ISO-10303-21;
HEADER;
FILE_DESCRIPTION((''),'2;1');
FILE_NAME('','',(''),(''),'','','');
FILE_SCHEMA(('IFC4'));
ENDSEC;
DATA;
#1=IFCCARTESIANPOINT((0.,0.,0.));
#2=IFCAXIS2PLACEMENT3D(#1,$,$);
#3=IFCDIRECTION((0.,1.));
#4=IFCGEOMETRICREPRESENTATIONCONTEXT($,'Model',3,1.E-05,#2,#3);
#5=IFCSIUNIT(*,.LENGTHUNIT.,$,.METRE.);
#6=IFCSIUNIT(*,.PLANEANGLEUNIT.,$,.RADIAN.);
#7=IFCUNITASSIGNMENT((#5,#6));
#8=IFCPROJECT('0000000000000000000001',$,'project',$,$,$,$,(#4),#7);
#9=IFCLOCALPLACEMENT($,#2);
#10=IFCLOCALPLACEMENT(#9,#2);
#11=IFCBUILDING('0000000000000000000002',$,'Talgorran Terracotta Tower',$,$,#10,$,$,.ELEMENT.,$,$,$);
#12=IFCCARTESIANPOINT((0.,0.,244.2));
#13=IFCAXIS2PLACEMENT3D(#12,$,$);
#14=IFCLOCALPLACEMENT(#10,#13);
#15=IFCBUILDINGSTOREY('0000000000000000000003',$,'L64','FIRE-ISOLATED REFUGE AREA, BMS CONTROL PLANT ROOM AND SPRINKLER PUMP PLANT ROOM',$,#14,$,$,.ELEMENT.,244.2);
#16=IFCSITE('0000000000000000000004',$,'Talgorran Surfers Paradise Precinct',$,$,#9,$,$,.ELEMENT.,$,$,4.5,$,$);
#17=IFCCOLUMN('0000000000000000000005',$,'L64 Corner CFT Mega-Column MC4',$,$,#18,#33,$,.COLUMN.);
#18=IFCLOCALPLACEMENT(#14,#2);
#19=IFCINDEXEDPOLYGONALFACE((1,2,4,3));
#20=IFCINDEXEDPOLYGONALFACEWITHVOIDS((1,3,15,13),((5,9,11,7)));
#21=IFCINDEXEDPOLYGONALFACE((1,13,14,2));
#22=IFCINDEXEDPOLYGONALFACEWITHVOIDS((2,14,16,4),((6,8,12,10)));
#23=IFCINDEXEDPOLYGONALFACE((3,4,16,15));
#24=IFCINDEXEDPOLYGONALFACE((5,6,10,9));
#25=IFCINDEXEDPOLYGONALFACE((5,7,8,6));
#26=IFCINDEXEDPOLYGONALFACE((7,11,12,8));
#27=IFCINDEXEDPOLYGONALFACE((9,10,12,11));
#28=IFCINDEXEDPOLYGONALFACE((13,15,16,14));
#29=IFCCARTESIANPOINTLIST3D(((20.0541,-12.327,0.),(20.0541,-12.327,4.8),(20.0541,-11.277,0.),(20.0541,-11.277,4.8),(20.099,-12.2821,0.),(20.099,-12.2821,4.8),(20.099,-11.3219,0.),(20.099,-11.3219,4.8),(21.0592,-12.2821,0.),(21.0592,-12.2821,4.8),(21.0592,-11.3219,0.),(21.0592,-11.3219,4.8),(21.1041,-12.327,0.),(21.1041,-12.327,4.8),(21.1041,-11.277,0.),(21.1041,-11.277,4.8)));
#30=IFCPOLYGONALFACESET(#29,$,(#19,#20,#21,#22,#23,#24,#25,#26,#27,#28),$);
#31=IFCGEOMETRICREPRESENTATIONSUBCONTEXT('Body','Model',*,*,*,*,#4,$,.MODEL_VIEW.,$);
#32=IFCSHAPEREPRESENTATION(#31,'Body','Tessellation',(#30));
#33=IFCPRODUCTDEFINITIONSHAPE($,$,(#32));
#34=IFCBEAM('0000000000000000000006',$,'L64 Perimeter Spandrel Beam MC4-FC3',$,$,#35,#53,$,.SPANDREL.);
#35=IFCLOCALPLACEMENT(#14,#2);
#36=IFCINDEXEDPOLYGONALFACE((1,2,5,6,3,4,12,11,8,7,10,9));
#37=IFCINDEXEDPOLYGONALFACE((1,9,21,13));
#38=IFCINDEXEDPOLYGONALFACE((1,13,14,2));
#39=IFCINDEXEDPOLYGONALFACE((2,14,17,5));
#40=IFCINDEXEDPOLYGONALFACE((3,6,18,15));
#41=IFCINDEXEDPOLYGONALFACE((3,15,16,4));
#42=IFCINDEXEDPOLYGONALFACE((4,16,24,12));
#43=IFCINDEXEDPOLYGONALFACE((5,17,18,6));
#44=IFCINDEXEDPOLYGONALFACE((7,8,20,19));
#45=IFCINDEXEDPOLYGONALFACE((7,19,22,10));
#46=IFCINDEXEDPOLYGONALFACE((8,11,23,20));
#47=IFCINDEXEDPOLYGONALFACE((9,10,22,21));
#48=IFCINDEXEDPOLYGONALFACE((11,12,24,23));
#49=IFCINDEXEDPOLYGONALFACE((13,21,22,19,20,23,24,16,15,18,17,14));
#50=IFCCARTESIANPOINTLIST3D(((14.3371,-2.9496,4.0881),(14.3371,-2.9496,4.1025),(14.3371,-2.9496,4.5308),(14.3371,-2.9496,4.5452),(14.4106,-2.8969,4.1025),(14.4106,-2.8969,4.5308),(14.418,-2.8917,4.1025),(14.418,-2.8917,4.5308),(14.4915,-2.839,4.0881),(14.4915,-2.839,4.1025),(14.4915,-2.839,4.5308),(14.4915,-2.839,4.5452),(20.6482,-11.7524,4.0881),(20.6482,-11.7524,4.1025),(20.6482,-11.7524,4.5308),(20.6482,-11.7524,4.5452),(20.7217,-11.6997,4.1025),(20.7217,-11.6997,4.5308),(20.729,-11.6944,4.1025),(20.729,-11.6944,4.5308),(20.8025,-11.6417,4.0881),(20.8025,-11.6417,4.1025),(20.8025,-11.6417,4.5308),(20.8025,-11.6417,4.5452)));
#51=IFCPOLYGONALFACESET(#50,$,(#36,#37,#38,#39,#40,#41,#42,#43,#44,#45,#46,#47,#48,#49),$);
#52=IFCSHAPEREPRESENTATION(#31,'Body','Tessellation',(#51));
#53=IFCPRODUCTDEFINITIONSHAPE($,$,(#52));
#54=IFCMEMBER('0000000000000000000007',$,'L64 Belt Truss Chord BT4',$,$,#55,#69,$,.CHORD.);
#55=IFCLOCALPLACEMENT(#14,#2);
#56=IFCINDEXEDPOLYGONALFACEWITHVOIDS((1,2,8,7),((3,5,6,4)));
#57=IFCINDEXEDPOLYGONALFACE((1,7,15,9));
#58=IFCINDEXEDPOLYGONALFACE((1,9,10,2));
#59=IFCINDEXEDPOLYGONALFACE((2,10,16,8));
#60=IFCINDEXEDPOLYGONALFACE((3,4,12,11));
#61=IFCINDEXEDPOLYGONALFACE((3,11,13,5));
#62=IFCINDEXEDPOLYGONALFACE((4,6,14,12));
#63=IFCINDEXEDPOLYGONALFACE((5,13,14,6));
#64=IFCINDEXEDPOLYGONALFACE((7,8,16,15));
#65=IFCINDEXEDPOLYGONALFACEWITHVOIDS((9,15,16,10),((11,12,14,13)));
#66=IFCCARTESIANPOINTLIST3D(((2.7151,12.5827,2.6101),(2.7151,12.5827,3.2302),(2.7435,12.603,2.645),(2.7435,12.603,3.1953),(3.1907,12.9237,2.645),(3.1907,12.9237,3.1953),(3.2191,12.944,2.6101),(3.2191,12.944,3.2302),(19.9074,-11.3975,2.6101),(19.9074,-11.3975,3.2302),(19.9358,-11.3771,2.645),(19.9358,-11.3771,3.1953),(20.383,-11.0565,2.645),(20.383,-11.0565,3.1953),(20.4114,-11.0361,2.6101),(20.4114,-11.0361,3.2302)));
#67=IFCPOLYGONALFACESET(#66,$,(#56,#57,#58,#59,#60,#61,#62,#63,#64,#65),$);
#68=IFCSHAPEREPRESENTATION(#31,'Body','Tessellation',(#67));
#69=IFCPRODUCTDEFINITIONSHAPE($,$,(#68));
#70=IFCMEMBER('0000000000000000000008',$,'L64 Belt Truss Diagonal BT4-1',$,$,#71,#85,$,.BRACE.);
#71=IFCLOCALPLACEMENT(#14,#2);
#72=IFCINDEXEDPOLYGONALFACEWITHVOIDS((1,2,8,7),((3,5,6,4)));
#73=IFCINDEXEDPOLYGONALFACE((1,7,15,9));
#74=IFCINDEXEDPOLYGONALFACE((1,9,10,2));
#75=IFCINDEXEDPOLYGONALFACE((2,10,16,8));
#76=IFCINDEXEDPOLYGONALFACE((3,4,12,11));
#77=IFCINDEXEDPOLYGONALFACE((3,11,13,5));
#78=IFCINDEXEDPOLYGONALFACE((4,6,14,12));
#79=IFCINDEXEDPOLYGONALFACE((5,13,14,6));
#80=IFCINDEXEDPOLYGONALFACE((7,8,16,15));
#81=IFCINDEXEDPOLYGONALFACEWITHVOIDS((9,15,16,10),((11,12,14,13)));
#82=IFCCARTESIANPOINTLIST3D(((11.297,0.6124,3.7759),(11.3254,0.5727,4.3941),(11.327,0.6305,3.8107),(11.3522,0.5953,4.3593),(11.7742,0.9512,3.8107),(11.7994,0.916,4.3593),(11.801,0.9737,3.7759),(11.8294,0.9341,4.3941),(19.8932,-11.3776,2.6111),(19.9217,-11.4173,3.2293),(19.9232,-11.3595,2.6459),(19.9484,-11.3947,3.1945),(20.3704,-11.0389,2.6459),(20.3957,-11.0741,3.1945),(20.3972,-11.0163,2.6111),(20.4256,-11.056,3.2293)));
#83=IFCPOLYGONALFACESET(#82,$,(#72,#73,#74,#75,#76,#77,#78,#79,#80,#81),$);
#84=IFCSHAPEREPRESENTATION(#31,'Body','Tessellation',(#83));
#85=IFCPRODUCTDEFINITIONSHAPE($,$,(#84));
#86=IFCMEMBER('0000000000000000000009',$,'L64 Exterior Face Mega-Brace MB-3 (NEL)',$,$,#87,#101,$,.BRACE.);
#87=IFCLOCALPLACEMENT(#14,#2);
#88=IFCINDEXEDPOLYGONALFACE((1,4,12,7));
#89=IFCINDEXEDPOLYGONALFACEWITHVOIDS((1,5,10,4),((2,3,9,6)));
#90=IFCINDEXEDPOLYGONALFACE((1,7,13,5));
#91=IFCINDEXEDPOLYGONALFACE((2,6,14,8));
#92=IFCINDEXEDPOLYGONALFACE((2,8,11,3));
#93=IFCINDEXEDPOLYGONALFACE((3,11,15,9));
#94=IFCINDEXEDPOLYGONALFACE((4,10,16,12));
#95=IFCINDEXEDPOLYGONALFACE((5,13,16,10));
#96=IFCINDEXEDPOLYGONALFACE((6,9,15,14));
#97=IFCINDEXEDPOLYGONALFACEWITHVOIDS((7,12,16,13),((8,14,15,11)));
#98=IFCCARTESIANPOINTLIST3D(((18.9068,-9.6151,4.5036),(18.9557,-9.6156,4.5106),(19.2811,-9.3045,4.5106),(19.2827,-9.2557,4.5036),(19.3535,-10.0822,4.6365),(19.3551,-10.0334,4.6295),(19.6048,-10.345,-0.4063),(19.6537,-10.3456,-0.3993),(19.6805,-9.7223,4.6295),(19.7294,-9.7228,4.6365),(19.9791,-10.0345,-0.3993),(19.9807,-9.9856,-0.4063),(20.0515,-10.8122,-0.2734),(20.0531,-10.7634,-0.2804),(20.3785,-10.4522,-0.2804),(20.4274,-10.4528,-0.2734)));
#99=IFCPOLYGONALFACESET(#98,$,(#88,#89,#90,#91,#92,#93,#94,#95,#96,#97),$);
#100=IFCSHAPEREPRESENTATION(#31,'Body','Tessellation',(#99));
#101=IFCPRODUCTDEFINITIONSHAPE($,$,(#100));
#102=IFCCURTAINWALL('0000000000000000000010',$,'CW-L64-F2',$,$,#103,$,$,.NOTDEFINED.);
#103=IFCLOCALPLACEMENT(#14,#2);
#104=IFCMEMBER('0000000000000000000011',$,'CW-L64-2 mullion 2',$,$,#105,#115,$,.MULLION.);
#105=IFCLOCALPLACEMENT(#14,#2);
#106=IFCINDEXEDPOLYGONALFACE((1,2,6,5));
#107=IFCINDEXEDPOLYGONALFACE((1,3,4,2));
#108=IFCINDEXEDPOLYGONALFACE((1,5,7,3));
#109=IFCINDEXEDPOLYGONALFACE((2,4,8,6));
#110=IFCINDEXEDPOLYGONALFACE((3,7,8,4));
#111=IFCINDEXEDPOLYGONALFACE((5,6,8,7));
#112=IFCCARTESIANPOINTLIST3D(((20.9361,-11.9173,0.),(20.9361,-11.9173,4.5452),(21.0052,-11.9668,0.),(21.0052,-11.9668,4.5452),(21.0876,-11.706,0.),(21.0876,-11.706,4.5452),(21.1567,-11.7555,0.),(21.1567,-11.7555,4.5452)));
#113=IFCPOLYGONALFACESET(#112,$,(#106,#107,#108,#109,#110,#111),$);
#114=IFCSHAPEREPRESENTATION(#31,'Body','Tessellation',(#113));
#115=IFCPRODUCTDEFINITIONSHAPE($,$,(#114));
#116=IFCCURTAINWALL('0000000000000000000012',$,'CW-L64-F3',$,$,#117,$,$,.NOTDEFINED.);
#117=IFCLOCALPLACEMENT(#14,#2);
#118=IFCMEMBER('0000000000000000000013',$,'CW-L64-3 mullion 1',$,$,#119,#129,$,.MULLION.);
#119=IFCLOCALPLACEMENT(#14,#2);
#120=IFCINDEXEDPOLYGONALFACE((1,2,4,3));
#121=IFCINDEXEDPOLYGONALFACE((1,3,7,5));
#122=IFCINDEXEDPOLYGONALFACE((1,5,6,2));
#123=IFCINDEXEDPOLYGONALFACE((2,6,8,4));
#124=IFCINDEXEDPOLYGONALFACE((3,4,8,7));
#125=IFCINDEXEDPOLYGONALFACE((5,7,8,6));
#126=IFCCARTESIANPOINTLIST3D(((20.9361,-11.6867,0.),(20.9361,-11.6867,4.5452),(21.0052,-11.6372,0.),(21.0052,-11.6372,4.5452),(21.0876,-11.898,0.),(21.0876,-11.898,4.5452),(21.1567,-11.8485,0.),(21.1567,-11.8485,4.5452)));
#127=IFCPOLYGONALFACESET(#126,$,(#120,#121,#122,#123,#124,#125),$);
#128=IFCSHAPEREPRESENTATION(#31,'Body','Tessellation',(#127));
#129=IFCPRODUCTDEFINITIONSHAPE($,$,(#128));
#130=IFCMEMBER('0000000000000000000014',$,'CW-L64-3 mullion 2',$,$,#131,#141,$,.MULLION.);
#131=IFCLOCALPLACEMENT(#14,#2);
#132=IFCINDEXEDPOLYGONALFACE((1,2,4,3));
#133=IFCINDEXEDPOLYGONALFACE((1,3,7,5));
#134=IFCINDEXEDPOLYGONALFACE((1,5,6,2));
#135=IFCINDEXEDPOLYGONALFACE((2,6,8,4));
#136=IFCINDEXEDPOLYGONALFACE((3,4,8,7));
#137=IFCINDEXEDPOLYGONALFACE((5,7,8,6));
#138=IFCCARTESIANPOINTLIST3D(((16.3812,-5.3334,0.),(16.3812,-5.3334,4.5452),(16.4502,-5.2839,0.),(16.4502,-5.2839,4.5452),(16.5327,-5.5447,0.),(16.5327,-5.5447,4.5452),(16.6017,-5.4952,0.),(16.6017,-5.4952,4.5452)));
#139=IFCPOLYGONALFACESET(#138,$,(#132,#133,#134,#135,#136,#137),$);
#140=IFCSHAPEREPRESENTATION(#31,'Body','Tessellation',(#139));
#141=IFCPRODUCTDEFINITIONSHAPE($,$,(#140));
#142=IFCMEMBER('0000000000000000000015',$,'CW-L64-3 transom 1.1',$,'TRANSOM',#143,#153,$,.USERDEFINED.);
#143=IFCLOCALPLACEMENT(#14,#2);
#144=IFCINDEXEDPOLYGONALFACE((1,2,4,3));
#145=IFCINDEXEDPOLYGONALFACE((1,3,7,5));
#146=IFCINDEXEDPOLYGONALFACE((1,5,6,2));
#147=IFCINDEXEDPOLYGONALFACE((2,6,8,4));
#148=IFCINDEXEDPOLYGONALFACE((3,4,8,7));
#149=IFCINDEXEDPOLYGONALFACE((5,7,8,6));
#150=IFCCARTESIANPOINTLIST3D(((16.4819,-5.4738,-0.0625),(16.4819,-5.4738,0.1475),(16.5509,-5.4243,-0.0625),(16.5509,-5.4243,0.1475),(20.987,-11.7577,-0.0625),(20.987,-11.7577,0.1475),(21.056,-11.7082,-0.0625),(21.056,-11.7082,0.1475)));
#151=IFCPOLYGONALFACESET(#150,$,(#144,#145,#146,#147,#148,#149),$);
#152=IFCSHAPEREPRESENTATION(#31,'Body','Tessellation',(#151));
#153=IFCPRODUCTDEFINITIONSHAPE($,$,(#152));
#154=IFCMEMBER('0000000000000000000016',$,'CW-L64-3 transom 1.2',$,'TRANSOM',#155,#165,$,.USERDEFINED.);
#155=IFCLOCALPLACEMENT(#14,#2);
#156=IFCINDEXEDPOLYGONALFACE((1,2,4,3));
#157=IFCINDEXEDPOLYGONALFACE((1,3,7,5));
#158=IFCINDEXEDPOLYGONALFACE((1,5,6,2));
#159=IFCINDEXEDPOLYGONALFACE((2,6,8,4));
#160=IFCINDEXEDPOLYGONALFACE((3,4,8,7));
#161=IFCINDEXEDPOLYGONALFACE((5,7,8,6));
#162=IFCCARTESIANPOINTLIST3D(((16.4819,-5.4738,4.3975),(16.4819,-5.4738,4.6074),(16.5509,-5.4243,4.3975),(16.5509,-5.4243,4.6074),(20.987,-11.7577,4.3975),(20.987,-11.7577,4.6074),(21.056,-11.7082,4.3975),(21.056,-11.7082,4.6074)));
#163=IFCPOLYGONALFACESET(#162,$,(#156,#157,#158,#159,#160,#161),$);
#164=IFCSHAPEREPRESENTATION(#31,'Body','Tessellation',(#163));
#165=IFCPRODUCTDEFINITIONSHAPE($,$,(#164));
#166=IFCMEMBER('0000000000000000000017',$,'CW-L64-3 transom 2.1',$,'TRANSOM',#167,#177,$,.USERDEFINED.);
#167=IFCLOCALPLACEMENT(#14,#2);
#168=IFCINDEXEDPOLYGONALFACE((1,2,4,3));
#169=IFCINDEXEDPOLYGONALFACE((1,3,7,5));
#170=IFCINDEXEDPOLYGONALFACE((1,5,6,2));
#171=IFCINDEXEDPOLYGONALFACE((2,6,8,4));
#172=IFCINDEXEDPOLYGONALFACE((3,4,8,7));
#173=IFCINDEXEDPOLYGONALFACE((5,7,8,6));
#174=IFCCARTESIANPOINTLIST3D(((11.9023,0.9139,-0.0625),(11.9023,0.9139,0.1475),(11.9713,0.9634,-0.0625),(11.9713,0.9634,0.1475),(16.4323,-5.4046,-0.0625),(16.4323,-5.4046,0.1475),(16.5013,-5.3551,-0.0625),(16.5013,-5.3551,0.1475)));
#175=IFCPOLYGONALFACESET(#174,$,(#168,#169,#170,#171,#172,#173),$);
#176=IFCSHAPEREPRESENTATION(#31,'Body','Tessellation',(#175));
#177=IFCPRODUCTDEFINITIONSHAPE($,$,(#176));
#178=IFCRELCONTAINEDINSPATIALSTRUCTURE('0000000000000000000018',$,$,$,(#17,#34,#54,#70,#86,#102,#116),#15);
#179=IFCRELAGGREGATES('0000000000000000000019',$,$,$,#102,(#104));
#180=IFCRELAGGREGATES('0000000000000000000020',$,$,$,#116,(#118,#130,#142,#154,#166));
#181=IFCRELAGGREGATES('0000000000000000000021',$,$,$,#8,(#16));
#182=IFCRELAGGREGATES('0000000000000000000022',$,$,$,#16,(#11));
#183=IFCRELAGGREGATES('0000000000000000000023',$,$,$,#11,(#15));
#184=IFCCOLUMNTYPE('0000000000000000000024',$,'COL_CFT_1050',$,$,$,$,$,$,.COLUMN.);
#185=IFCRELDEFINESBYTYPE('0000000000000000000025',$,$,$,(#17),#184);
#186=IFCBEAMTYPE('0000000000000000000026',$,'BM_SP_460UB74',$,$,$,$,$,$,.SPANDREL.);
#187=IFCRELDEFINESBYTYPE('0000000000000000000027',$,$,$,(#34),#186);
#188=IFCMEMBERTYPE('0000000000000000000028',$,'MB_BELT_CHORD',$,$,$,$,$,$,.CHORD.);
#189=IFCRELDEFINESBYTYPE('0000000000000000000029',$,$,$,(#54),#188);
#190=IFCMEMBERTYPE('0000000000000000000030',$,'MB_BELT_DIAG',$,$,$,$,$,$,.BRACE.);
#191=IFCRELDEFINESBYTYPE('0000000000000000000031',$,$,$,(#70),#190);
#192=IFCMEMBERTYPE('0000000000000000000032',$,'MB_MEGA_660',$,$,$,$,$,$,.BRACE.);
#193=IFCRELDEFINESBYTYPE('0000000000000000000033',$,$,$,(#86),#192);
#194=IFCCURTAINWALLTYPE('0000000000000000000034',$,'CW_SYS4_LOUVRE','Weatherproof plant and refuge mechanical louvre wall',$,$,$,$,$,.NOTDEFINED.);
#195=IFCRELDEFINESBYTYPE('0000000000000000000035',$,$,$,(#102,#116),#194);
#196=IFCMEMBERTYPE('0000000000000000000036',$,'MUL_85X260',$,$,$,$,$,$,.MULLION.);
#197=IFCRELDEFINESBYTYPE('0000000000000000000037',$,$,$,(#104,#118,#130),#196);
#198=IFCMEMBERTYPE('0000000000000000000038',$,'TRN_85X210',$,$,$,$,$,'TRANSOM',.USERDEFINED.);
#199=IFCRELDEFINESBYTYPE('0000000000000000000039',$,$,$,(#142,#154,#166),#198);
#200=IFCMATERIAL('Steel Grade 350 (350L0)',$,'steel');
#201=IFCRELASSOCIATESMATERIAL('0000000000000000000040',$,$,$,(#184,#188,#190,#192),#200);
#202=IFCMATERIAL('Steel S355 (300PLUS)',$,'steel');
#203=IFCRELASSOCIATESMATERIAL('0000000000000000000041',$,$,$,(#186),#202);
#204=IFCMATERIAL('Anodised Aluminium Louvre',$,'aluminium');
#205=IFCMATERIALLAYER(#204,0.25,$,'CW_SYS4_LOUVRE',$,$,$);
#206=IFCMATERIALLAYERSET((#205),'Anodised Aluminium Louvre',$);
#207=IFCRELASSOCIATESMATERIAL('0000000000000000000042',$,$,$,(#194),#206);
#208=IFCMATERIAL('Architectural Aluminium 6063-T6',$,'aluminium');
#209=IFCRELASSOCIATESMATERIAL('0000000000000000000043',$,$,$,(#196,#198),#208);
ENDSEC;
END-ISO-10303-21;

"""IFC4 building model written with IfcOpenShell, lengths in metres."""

from ifc_helpers import new_model, si_unit, direction, frame, origin, origin_2d, place, context, subcontext, project, spatial, rectangle, hollow_rectangle, i_section, extrude, material, layer, layer_set, material_profile, profile_set, type_object, element, aggregate, save


model = new_model("IFC4")

# Units and contexts
model_context = context("Model", 3, precision=1e-05, world=origin(), true_north=direction((0.0, 1.0)))
body_context = subcontext(model_context, "Body", "Model", "MODEL_VIEW")
ifc_project = project(units=[si_unit("LENGTHUNIT", "METRE"), si_unit("PLANEANGLEUNIT", "RADIAN")], contexts=[model_context])

# Site, building, storey
site_placement = place(None, origin())
site = spatial("IfcSite", under=ifc_project, at=site_placement, Name="Talgorran Surfers Paradise Precinct", CompositionType="ELEMENT", RefElevation=4.5)
building_placement = place(site_placement, origin())
building = spatial("IfcBuilding", under=site, at=building_placement, Name="Talgorran Terracotta Tower", CompositionType="ELEMENT")
storey_placement = place(building_placement, frame((0.0, 0.0, 244.2)))
storey = spatial("IfcBuildingStorey", under=building, at=storey_placement, Name="L64", Description="FIRE-ISOLATED REFUGE AREA, BMS CONTROL PLANT ROOM AND SPRINKLER PUMP PLANT ROOM", CompositionType="ELEMENT", Elevation=244.2)

# Column
ifc_material_1 = material(Name="Steel Grade 350 (350L0)", Category="steel")
ifc_material_profile_1 = material_profile(ifc_material_1, hollow_rectangle(XDim=1.05, YDim=1.05, WallThickness=0.0449, at=origin_2d()), Name="CFT1050X1050X45")
ifc_profile_set_1 = profile_set([ifc_material_profile_1], Name="Steel Grade 350 (350L0)")
column_type = type_object("IfcColumnType", Name="COL_CFT_1050", PredefinedType="COLUMN", material=ifc_profile_set_1)
column_placement = place(storey_placement, frame((20.5791, -11.802, 0.0), z_axis=(0.0, 0.0, 1.0), x_axis=(1.0, 0.0, 0.0)))
element("IfcColumn", 1, at=column_placement, inside=storey, type_object=column_type, Name="L64 Corner CFT Mega-Column MC4", PredefinedType="COLUMN", context=body_context, shape_type="SweptSolid", body=[
    extrude(hollow_rectangle(XDim=1.05, YDim=1.05, WallThickness=0.0449, at=origin_2d()), origin(), (0.0, 0.0, 1.0), 4.8),
])

# Beam
ifc_material_2 = material(Name="Steel S355 (300PLUS)", Category="steel")
ifc_material_profile_2 = material_profile(ifc_material_2, i_section(OverallWidth=0.1899, OverallDepth=0.457, WebThickness=0.009, FlangeThickness=0.0144, at=origin_2d()), Name="460UB74.6")
ifc_profile_set_2 = profile_set([ifc_material_profile_2], Name="Steel S355 (300PLUS)")
beam_type = type_object("IfcBeamType", Name="BM_SP_460UB74", PredefinedType="SPANDREL", material=ifc_profile_set_2)
beam_placement = place(storey_placement, frame((20.7253, -11.697, 4.3167), z_axis=(-0.582666, 0.812712, 0.0), x_axis=(-0.812712, -0.582666, 0.0)))
element("IfcBeam", 2, at=beam_placement, inside=storey, type_object=beam_type, Name="L64 Perimeter Spandrel Beam MC4-FC3", PredefinedType="SPANDREL", context=body_context, shape_type="SweptSolid", body=[
    extrude(i_section(OverallWidth=0.1899, OverallDepth=0.457, WebThickness=0.009, FlangeThickness=0.0144, at=origin_2d()), origin(), (0.0, 0.0, 1.0), 10.8313),
])

# Members
ifc_material_profile_3 = material_profile(ifc_material_1, hollow_rectangle(XDim=0.6201, YDim=0.6201, WallThickness=0.0349, at=origin_2d()), Name="WBOX620X620X35")
ifc_profile_set_3 = profile_set([ifc_material_profile_3], Name="Steel Grade 350 (350L0)")
member_type_1 = type_object("IfcMemberType", Name="MB_BELT_CHORD", PredefinedType="CHORD", material=ifc_profile_set_3)
member_1_placement = place(storey_placement, frame((20.1594, -11.2168, 2.9202), z_axis=(-0.582666, 0.812712, 0.0), x_axis=(-0.812712, -0.582666, 0.0)))
element("IfcMember", 3, at=member_1_placement, inside=storey, type_object=member_type_1, Name="L64 Belt Truss Chord BT4", PredefinedType="CHORD", context=body_context, shape_type="SweptSolid", body=[
    extrude(hollow_rectangle(XDim=0.6201, YDim=0.6201, WallThickness=0.0349, at=origin_2d()), origin(), (0.0, 0.0, 1.0), 29.5063),
])
ifc_material_profile_4 = material_profile(ifc_material_1, hollow_rectangle(XDim=0.6201, YDim=0.6201, WallThickness=0.0349, at=origin_2d()), Name="WBOX620X620X35")
ifc_profile_set_4 = profile_set([ifc_material_profile_4], Name="Steel Grade 350 (350L0)")
member_type_2 = type_object("IfcMemberType", Name="MB_BELT_DIAG", PredefinedType="BRACE", material=ifc_profile_set_4)
member_2_placement = place(storey_placement, frame((20.1594, -11.2168, 2.9202), z_axis=(-0.580862, 0.810188, 0.078708), x_axis=(-0.812709, -0.58267, 0.0)))
element("IfcMember", 4, at=member_2_placement, inside=storey, type_object=member_type_2, Name="L64 Belt Truss Diagonal BT4-1", PredefinedType="BRACE", context=body_context, shape_type="SweptSolid", body=[
    extrude(hollow_rectangle(XDim=0.6201, YDim=0.6201, WallThickness=0.0349, at=origin_2d()), origin(), (0.0, 0.0, 1.0), 14.7991),
])
ifc_material_profile_5 = material_profile(ifc_material_1, hollow_rectangle(XDim=0.52, YDim=0.6599, WallThickness=0.0349, at=origin_2d()), Name="WBOX660X520X35")
ifc_profile_set_5 = profile_set([ifc_material_profile_5], Name="Steel Grade 350 (350L0)")
member_type_3 = type_object("IfcMemberType", Name="MB_MEGA_660", PredefinedType="BRACE", material=ifc_profile_set_5)
member_3_placement = place(storey_placement, frame((20.0161, -10.3989, -0.3398), z_axis=(-0.139246, 0.145626, 0.979492), x_axis=(-0.722763, -0.691096, 0.0)))
element("IfcMember", 5, at=member_3_placement, inside=storey, type_object=member_type_3, Name="L64 Exterior Face Mega-Brace MB-3 (NEL)", PredefinedType="BRACE", context=body_context, shape_type="SweptSolid", body=[
    extrude(hollow_rectangle(XDim=0.52, YDim=0.6599, WallThickness=0.0349, at=origin_2d()), origin(), (0.0, 0.0, 1.0), 5.0127),
])

# Curtain wall, member
ifc_material_3 = material(Name="Anodised Aluminium Louvre", Category="aluminium")
ifc_layer_1 = layer(ifc_material_3, 0.25, Name="CW_SYS4_LOUVRE")
ifc_layer_set_1 = layer_set([ifc_layer_1], Name="Anodised Aluminium Louvre")
curtain_wall_type = type_object("IfcCurtainWallType", Name="CW_SYS4_LOUVRE", Description="Weatherproof plant and refuge mechanical louvre wall", PredefinedType="NOTDEFINED", material=ifc_layer_set_1)
curtain_wall_1_placement = place(storey_placement, origin())
curtain_wall_1 = element("IfcCurtainWall", 6, at=curtain_wall_1_placement, inside=storey, type_object=curtain_wall_type, Name="CW-L64-F2", PredefinedType="NOTDEFINED")
ifc_material_4 = material(Name="Architectural Aluminium 6063-T6", Category="aluminium")
ifc_material_profile_6 = material_profile(ifc_material_4, rectangle(XDim=0.085, YDim=0.26, at=origin_2d()), Name="CWM85X260")
ifc_profile_set_6 = profile_set([ifc_material_profile_6], Name="Architectural Aluminium 6063-T6")
member_type_4 = type_object("IfcMemberType", Name="MUL_85X260", PredefinedType="MULLION", material=ifc_profile_set_6)
member_4_placement = place(storey_placement, frame((21.0464, -11.8364, 0.0), z_axis=(0.0, 0.0, 1.0), x_axis=(-0.812715, 0.582661, 0.0)))
member_4 = element("IfcMember", 7, at=member_4_placement, type_object=member_type_4, Name="CW-L64-2 mullion 2", PredefinedType="MULLION", context=body_context, shape_type="SweptSolid", body=[
    extrude(rectangle(XDim=0.085, YDim=0.26, at=origin_2d()), origin(), (0.0, 0.0, 1.0), 4.5452),
])
aggregate(curtain_wall_1, [member_4])

# Curtain wall, members
curtain_wall_2_placement = place(storey_placement, origin())
curtain_wall_2 = element("IfcCurtainWall", 8, at=curtain_wall_2_placement, inside=storey, type_object=curtain_wall_type, Name="CW-L64-F3", PredefinedType="NOTDEFINED")
member_5_placement = place(storey_placement, frame((21.0464, -11.7676, 0.0), z_axis=(0.0, 0.0, 1.0), x_axis=(-0.812713, -0.582665, 0.0)))
member_5 = element("IfcMember", 9, at=member_5_placement, type_object=member_type_4, Name="CW-L64-3 mullion 1", PredefinedType="MULLION", context=body_context, shape_type="SweptSolid", body=[
    extrude(rectangle(XDim=0.085, YDim=0.26, at=origin_2d()), origin(), (0.0, 0.0, 1.0), 4.5452),
])
member_6_placement = place(storey_placement, frame((16.4915, -5.4143, 0.0), z_axis=(0.0, 0.0, 1.0), x_axis=(-0.812713, -0.582665, 0.0)))
member_6 = element("IfcMember", 10, at=member_6_placement, type_object=member_type_4, Name="CW-L64-3 mullion 2", PredefinedType="MULLION", context=body_context, shape_type="SweptSolid", body=[
    extrude(rectangle(XDim=0.085, YDim=0.26, at=origin_2d()), origin(), (0.0, 0.0, 1.0), 4.5452),
])
ifc_material_profile_7 = material_profile(ifc_material_4, rectangle(XDim=0.085, YDim=0.21, at=origin_2d()), Name="CWT85X210")
ifc_profile_set_7 = profile_set([ifc_material_profile_7], Name="Architectural Aluminium 6063-T6")
member_type_5 = type_object("IfcMemberType", Name="TRN_85X210", ElementType="TRANSOM", PredefinedType="USERDEFINED", material=ifc_profile_set_7)
member_7_placement = place(storey_placement, frame((21.0215, -11.7329, 0.0425), z_axis=(-0.582659, 0.812717, 0.0), x_axis=(-0.812717, -0.582659, 0.0)))
member_7 = element("IfcMember", 11, at=member_7_placement, type_object=member_type_5, Name="CW-L64-3 transom 1.1", ObjectType="TRANSOM", PredefinedType="USERDEFINED", context=body_context, shape_type="SweptSolid", body=[
    extrude(rectangle(XDim=0.085, YDim=0.21, at=origin_2d()), origin(), (0.0, 0.0, 1.0), 7.7319),
])
member_8_placement = place(storey_placement, frame((21.0215, -11.7329, 4.5024), z_axis=(-0.582659, 0.812717, 0.0), x_axis=(-0.812717, -0.582659, 0.0)))
member_8 = element("IfcMember", 12, at=member_8_placement, type_object=member_type_5, Name="CW-L64-3 transom 1.2", ObjectType="TRANSOM", PredefinedType="USERDEFINED", context=body_context, shape_type="SweptSolid", body=[
    extrude(rectangle(XDim=0.085, YDim=0.21, at=origin_2d()), origin(), (0.0, 0.0, 1.0), 7.7319),
])
member_9_placement = place(storey_placement, frame((16.4668, -5.3799, 0.0425), z_axis=(-0.582663, 0.812714, 0.0), x_axis=(-0.812714, -0.582663, 0.0)))
member_9 = element("IfcMember", 13, at=member_9_placement, type_object=member_type_5, Name="CW-L64-3 transom 2.1", ObjectType="TRANSOM", PredefinedType="USERDEFINED", context=body_context, shape_type="SweptSolid", body=[
    extrude(rectangle(XDim=0.085, YDim=0.21, at=origin_2d()), origin(), (0.0, 0.0, 1.0), 7.7747),
])

aggregate(curtain_wall_2, [member_5, member_6, member_7, member_8, member_9])

save(model, "model.ifc")
